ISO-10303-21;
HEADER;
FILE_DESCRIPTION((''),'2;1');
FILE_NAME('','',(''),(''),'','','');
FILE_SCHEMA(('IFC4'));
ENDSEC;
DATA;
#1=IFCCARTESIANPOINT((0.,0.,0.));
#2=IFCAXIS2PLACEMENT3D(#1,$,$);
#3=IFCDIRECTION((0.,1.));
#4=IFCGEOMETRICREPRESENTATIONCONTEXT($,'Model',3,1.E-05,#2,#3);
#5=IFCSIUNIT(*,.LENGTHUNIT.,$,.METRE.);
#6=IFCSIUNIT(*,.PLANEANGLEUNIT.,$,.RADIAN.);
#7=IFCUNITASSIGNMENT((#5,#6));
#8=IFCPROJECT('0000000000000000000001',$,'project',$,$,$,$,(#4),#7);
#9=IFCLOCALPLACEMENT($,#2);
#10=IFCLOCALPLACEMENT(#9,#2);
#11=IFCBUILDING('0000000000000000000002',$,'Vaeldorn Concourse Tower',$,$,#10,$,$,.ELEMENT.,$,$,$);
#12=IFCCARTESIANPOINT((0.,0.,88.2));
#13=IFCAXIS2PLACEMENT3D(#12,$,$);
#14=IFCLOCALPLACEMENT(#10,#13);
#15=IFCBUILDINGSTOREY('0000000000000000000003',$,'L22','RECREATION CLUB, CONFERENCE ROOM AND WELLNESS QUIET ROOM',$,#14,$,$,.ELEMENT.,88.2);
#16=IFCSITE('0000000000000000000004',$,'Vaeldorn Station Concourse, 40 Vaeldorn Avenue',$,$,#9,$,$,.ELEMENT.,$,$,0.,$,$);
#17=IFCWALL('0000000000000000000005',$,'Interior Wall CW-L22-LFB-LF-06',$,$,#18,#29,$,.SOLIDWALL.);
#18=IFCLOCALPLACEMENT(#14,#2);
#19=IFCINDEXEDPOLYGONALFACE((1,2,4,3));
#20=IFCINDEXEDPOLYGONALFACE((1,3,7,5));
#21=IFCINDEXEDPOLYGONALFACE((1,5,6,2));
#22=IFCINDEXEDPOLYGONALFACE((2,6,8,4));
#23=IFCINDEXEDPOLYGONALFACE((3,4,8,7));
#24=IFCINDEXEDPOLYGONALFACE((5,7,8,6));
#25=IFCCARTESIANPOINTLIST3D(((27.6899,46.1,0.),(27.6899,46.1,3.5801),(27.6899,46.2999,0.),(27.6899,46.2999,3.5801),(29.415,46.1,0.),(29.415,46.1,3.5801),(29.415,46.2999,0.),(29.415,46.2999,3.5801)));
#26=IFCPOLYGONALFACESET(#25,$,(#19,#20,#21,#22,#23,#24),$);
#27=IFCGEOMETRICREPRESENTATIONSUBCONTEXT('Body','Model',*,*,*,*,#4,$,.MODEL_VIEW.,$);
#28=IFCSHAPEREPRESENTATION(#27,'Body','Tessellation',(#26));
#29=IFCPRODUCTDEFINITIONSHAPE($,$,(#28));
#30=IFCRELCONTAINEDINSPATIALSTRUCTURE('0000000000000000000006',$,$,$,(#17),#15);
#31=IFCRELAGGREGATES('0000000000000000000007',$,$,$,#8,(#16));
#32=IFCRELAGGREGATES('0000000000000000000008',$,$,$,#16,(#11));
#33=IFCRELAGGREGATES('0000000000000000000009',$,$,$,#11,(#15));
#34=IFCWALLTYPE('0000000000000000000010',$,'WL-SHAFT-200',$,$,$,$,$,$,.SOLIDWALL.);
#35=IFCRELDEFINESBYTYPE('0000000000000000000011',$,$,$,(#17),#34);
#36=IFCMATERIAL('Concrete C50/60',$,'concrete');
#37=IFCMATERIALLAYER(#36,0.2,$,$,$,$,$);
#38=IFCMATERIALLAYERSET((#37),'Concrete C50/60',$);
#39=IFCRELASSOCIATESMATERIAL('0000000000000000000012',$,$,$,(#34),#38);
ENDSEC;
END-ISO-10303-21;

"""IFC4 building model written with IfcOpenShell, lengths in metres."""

from ifc_helpers import new_model, si_unit, direction, frame, frame_2d, origin, place, context, subcontext, project, spatial, rectangle, extrude, material, layer, layer_set, type_object, element, save


model = new_model("IFC4")

# Units and contexts
model_context = context("Model", 3, precision=1e-05, world=origin(), true_north=direction((0.0, 1.0)))
body_context = subcontext(model_context, "Body", "Model", "MODEL_VIEW")
ifc_project = project(units=[si_unit("LENGTHUNIT", "METRE"), si_unit("PLANEANGLEUNIT", "RADIAN")], contexts=[model_context])

# Site, building, storey
site_placement = place(None, origin())
site = spatial("IfcSite", under=ifc_project, at=site_placement, Name="Vaeldorn Station Concourse, 40 Vaeldorn Avenue", CompositionType="ELEMENT", RefElevation=0.0)
building_placement = place(site_placement, origin())
building = spatial("IfcBuilding", under=site, at=building_placement, Name="Vaeldorn Concourse Tower", CompositionType="ELEMENT")
storey_placement = place(building_placement, frame((0.0, 0.0, 88.2)))
storey = spatial("IfcBuildingStorey", under=building, at=storey_placement, Name="L22", Description="RECREATION CLUB, CONFERENCE ROOM AND WELLNESS QUIET ROOM", CompositionType="ELEMENT", Elevation=88.2)

# Shared definitions
ifc_material_1 = material(Name="Concrete C50/60", Category="concrete")
ifc_layer_1 = layer(ifc_material_1, 0.2)
ifc_layer_set_1 = layer_set([ifc_layer_1], Name="Concrete C50/60")
wall_type_1 = type_object("IfcWallType", Name="WL-SHAFT-200", PredefinedType="SOLIDWALL", material=ifc_layer_set_1)

# Wall
wall_1_placement = place(storey_placement, frame((27.6899, 46.2, 0.0), z_axis=(0.0, 0.0, 1.0), x_axis=(1.0, 0.0, 0.0)))
element("IfcWall", 1, at=wall_1_placement, inside=storey, type_object=wall_type_1, Name="Interior Wall CW-L22-LFB-LF-06", PredefinedType="SOLIDWALL", context=body_context, shape_type="SweptSolid", body=[
    extrude(rectangle(XDim=1.7251, YDim=0.2, at=frame_2d((0.8625, 0.0))), origin(), (0.0, 0.0, 1.0), 3.5801),
])

save(model, "model.ifc")
